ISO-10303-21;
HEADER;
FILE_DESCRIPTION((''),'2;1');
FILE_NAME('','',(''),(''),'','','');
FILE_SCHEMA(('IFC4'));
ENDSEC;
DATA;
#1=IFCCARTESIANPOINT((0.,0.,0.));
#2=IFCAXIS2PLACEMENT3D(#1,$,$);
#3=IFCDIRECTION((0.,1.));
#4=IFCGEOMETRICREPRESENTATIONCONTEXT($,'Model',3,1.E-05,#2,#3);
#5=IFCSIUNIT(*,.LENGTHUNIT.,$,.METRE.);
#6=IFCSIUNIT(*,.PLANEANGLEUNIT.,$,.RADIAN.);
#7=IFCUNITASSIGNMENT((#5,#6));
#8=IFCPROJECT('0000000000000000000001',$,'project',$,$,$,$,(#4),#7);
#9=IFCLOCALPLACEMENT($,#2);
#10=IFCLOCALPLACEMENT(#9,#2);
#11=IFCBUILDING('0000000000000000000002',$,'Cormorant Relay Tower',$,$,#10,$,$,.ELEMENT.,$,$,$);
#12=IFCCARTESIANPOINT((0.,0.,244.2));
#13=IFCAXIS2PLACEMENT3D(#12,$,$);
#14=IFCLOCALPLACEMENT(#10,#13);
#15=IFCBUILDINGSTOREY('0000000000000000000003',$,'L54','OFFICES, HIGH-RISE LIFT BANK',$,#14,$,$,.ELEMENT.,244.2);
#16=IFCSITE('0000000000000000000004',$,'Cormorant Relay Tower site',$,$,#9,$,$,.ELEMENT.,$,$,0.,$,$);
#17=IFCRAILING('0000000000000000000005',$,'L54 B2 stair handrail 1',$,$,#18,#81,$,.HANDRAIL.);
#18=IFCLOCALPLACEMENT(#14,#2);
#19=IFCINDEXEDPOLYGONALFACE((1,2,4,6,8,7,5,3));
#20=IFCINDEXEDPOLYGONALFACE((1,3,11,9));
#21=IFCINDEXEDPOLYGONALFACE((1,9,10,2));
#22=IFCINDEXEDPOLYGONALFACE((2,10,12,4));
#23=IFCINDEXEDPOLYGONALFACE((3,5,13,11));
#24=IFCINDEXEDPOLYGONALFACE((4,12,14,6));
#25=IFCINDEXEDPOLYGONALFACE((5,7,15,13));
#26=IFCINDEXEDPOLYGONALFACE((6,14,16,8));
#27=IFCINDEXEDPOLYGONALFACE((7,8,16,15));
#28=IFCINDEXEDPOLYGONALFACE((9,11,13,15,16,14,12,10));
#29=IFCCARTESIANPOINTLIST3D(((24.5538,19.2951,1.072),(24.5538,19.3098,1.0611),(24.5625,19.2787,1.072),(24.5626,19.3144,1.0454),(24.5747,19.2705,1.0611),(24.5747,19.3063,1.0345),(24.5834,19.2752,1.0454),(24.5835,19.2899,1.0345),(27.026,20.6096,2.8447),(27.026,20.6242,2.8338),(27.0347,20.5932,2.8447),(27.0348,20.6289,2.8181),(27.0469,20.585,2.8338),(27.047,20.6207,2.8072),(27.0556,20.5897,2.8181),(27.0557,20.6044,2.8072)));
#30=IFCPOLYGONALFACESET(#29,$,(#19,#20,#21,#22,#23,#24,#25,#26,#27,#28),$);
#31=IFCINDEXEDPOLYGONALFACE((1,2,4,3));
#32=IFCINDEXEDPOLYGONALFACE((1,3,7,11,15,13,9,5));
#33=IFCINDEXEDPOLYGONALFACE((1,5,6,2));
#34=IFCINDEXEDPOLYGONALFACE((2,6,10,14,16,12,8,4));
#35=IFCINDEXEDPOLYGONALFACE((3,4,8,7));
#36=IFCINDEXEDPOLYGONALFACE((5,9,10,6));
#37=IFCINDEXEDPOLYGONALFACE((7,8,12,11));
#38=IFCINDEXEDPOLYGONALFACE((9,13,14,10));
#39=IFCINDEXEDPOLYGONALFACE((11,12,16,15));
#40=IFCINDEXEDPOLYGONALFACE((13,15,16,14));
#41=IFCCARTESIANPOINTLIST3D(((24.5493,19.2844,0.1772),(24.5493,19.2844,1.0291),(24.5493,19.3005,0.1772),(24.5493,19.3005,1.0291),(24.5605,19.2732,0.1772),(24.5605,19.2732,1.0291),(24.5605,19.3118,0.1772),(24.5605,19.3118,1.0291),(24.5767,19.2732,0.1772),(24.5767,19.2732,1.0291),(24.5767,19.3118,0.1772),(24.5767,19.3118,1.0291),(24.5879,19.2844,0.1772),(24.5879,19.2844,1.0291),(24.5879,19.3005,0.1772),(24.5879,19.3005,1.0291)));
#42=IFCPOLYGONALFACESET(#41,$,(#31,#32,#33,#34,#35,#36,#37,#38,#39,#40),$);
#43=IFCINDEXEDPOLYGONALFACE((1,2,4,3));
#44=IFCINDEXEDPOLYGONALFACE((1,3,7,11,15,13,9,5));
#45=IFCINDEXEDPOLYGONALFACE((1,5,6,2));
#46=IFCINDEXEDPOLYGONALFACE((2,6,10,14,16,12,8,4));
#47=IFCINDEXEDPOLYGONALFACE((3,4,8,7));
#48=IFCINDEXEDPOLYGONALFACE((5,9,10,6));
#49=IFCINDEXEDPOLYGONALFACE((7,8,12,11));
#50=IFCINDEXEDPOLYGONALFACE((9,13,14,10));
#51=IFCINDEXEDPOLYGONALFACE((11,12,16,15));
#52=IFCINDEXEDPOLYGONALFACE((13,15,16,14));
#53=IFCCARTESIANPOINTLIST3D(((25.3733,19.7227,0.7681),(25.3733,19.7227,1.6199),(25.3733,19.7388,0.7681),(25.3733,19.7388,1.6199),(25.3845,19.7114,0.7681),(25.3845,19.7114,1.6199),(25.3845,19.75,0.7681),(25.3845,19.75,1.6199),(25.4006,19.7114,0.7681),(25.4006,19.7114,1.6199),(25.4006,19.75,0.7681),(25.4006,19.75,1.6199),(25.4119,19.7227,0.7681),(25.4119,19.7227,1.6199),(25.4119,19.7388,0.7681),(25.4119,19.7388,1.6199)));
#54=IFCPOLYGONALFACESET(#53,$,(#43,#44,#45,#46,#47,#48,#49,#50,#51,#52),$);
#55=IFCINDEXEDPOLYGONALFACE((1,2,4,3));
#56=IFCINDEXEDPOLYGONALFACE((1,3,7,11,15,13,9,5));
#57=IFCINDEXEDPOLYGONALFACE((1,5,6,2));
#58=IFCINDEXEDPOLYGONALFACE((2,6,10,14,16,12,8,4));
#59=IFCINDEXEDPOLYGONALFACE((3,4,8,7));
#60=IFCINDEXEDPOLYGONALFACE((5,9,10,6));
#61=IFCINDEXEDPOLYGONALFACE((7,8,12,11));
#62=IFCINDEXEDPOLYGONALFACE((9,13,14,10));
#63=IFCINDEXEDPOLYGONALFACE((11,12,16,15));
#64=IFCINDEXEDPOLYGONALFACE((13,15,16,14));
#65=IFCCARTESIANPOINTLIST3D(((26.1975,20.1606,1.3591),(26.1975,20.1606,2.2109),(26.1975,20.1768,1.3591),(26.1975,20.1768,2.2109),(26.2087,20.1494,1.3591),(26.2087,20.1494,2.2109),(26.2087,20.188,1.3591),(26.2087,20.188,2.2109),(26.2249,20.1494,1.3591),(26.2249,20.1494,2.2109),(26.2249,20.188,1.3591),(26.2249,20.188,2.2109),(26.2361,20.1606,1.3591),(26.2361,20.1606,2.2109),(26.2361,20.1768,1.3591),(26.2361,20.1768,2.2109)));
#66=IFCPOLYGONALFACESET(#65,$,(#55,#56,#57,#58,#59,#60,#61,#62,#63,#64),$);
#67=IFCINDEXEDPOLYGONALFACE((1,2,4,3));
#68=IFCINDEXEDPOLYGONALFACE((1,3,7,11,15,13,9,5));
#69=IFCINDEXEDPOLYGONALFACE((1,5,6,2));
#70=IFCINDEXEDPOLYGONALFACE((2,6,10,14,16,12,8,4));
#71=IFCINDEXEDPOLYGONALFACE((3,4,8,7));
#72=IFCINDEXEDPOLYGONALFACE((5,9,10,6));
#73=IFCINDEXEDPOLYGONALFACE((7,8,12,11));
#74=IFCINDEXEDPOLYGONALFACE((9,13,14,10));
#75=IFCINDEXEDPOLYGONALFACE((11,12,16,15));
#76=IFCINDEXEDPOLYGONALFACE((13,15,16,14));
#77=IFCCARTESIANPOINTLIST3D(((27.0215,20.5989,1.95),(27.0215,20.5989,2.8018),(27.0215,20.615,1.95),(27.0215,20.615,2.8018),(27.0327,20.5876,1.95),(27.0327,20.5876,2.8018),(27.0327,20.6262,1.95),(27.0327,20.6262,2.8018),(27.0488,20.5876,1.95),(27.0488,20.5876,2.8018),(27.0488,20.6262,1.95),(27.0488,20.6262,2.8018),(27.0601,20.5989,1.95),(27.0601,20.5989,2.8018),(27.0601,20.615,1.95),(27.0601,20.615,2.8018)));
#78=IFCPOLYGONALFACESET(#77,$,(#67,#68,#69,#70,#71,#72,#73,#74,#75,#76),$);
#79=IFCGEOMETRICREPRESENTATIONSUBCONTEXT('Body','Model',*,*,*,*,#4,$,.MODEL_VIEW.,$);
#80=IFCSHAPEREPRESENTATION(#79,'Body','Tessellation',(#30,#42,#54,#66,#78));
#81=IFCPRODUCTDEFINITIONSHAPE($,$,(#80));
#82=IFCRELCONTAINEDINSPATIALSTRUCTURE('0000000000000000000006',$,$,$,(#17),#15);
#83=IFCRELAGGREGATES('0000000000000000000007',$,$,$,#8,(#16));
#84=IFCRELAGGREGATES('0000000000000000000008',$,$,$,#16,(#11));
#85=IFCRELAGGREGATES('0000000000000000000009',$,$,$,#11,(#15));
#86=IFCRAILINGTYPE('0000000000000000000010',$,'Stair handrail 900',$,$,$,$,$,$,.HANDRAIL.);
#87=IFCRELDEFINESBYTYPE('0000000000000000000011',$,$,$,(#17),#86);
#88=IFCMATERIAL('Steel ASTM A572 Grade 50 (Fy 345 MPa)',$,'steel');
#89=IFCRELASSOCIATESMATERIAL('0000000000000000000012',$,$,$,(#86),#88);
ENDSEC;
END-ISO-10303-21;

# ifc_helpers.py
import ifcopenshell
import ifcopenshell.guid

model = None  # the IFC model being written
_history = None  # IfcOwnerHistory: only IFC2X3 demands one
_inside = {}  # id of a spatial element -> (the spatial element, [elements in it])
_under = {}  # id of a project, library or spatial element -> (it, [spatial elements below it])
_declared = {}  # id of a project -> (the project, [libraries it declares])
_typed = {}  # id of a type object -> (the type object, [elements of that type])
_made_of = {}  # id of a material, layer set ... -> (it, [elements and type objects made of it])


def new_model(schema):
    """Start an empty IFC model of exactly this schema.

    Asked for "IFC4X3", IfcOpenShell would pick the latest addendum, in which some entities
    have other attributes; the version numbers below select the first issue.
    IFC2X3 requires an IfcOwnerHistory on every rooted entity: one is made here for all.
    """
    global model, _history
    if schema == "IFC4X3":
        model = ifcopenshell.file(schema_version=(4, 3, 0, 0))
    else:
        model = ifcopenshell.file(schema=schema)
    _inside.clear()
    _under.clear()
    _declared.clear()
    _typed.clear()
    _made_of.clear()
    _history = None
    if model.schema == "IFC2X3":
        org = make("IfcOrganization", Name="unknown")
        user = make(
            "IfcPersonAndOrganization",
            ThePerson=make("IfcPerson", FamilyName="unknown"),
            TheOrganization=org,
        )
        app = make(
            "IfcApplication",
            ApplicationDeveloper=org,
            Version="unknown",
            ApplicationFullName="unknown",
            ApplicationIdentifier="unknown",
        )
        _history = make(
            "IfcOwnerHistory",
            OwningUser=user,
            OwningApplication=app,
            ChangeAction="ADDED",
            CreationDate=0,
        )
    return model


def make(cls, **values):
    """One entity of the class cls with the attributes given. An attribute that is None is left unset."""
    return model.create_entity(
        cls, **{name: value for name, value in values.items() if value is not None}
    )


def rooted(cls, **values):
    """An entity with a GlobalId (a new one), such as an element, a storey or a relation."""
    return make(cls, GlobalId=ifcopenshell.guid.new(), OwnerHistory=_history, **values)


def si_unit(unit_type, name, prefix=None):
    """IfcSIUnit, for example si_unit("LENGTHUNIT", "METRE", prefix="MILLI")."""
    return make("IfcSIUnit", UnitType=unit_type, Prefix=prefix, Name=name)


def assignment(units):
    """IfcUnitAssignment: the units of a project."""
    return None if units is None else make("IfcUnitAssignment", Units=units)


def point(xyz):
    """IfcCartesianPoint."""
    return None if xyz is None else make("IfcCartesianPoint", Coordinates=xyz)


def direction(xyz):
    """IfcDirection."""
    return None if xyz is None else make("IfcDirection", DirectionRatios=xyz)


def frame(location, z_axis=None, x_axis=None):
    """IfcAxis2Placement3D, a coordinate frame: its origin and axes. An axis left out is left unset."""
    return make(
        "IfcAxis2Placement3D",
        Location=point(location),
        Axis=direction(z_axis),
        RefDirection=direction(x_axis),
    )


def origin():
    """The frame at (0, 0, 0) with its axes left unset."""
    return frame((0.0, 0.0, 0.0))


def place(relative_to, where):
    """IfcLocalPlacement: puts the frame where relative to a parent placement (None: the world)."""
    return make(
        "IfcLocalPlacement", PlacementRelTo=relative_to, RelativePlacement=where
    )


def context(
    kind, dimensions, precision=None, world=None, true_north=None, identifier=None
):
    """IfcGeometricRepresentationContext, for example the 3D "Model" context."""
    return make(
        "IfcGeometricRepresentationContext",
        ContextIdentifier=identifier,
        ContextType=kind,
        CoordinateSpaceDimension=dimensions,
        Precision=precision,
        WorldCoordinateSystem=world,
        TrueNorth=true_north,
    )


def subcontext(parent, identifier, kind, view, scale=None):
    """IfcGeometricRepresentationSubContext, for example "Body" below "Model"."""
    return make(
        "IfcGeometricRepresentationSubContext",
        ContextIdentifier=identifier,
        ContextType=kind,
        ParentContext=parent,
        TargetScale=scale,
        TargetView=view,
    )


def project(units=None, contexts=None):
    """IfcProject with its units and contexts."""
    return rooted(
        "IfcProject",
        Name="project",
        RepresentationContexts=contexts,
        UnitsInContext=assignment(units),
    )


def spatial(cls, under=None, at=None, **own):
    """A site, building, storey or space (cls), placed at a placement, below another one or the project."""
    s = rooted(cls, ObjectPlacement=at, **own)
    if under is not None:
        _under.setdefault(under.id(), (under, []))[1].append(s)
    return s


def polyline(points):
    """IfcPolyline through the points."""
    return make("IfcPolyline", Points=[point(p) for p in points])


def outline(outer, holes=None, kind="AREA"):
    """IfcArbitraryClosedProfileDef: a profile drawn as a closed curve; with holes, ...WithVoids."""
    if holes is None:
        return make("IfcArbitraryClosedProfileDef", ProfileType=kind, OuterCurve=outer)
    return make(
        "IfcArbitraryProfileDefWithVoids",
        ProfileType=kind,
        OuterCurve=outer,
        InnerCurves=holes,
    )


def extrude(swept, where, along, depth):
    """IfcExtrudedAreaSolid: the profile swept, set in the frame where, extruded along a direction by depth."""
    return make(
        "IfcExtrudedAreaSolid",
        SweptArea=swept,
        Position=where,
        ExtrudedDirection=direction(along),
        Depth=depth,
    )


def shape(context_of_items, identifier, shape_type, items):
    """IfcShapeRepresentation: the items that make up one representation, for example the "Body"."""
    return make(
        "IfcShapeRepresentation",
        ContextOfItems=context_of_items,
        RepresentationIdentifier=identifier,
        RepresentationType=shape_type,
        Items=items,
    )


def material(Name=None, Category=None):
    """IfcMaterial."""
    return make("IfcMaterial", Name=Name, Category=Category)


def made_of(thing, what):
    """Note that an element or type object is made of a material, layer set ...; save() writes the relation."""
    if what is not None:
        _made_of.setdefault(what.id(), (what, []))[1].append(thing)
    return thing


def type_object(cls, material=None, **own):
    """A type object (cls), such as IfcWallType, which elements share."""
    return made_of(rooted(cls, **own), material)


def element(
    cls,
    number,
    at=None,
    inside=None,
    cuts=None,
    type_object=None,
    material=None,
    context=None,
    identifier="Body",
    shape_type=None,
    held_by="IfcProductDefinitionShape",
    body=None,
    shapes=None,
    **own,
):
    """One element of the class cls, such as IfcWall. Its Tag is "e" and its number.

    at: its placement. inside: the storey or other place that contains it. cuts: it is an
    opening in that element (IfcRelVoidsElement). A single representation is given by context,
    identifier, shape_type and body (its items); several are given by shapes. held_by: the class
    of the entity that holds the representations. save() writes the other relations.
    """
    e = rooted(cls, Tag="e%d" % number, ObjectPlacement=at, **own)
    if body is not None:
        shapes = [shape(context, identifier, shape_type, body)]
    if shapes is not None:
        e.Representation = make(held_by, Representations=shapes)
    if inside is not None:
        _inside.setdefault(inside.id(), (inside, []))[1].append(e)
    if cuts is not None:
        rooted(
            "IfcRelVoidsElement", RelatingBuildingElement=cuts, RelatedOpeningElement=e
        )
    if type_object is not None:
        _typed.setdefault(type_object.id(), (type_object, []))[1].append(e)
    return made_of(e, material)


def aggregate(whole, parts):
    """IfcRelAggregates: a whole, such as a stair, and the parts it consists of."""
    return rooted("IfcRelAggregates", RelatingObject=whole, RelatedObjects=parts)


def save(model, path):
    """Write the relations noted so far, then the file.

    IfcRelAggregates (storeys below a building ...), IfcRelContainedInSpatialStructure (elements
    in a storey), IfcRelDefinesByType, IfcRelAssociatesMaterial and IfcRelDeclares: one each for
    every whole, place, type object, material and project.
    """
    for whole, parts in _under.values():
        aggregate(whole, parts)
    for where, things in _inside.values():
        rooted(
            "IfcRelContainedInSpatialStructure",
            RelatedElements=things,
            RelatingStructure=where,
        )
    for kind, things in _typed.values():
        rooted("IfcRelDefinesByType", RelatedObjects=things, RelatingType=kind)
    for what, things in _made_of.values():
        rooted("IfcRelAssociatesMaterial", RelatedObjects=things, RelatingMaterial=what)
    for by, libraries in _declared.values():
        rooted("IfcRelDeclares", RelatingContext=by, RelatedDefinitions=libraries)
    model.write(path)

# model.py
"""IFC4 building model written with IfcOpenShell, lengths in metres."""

from ifc_helpers import new_model, si_unit, direction, frame, origin, place, context, subcontext, project, spatial, polyline, outline, extrude, material, type_object, element, save


model = new_model("IFC4")

# Units and contexts
model_context = context("Model", 3, precision=1e-05, world=origin(), true_north=direction((0.0, 1.0)))
body_context = subcontext(model_context, "Body", "Model", "MODEL_VIEW")
ifc_project = project(units=[si_unit("LENGTHUNIT", "METRE"), si_unit("PLANEANGLEUNIT", "RADIAN")], contexts=[model_context])

# Site, building, storey
site_placement = place(None, origin())
site = spatial("IfcSite", under=ifc_project, at=site_placement, Name="Cormorant Relay Tower site", CompositionType="ELEMENT", RefElevation=0.0)
building_placement = place(site_placement, origin())
building = spatial("IfcBuilding", under=site, at=building_placement, Name="Cormorant Relay Tower", CompositionType="ELEMENT")
storey_placement = place(building_placement, frame((0.0, 0.0, 244.2)))
storey = spatial("IfcBuildingStorey", under=building, at=storey_placement, Name="L54", Description="OFFICES, HIGH-RISE LIFT BANK", CompositionType="ELEMENT", Elevation=244.2)

# Railing
ifc_material_1 = material(Name="Steel ASTM A572 Grade 50 (Fy 345 MPa)", Category="steel")
railing_type_1 = type_object("IfcRailingType", Name="Stair handrail 900", PredefinedType="HANDRAIL", material=ifc_material_1)
railing_1_placement = place(storey_placement, frame((24.5686, 19.2925, 0.1772)))
element("IfcRailing", 1, at=railing_1_placement, inside=storey, type_object=railing_type_1, Name="L54 B2 stair handrail 1", PredefinedType="HANDRAIL", context=body_context, shape_type="SweptSolid", body=[
    extrude(outline(polyline([(0.0222, 0.0093), (0.0093, 0.0222), (-0.0093, 0.0222), (-0.0222, 0.0093), (-0.0222, -0.0093), (-0.0093, -0.0222), (0.0093, -0.0222), (0.0222, -0.0093), (0.0222, 0.0093)])), frame((0.0, 0.0, 0.876), z_axis=(0.746001, 0.396649, 0.534931), x_axis=(-0.469465, 0.882951, 0.0)), (0.0, 0.0, 1.0), 3.314),
    extrude(outline(polyline([(0.0193, 0.0081), (0.0081, 0.0193), (-0.0081, 0.0193), (-0.0193, 0.0081), (-0.0193, -0.0081), (-0.0081, -0.0193), (0.0081, -0.0193), (0.0193, -0.0081), (0.0193, 0.0081)])), origin(), (0.0, 0.0, 1.0), 0.8518),
    extrude(outline(polyline([(0.0193, 0.0081), (0.0081, 0.0193), (-0.0081, 0.0193), (-0.0193, 0.0081), (-0.0193, -0.0081), (-0.0081, -0.0193), (0.0081, -0.0193), (0.0193, -0.0081), (0.0193, 0.0081)])), frame((0.824, 0.4382, 0.5908)), (0.0, 0.0, 1.0), 0.8518),
    extrude(outline(polyline([(0.0193, 0.0081), (0.0081, 0.0193), (-0.0081, 0.0193), (-0.0193, 0.0081), (-0.0193, -0.0081), (-0.0081, -0.0193), (0.0081, -0.0193), (0.0193, -0.0081), (0.0193, 0.0081)])), frame((1.6482, 0.8762, 1.1819)), (0.0, 0.0, 1.0), 0.8518),
    extrude(outline(polyline([(0.0193, 0.0081), (0.0081, 0.0193), (-0.0081, 0.0193), (-0.0193, 0.0081), (-0.0193, -0.0081), (-0.0081, -0.0193), (0.0081, -0.0193), (0.0193, -0.0081), (0.0193, 0.0081)])), frame((2.4722, 1.3145, 1.7727)), (0.0, 0.0, 1.0), 0.8518),
])

save(model, "model.ifc")
